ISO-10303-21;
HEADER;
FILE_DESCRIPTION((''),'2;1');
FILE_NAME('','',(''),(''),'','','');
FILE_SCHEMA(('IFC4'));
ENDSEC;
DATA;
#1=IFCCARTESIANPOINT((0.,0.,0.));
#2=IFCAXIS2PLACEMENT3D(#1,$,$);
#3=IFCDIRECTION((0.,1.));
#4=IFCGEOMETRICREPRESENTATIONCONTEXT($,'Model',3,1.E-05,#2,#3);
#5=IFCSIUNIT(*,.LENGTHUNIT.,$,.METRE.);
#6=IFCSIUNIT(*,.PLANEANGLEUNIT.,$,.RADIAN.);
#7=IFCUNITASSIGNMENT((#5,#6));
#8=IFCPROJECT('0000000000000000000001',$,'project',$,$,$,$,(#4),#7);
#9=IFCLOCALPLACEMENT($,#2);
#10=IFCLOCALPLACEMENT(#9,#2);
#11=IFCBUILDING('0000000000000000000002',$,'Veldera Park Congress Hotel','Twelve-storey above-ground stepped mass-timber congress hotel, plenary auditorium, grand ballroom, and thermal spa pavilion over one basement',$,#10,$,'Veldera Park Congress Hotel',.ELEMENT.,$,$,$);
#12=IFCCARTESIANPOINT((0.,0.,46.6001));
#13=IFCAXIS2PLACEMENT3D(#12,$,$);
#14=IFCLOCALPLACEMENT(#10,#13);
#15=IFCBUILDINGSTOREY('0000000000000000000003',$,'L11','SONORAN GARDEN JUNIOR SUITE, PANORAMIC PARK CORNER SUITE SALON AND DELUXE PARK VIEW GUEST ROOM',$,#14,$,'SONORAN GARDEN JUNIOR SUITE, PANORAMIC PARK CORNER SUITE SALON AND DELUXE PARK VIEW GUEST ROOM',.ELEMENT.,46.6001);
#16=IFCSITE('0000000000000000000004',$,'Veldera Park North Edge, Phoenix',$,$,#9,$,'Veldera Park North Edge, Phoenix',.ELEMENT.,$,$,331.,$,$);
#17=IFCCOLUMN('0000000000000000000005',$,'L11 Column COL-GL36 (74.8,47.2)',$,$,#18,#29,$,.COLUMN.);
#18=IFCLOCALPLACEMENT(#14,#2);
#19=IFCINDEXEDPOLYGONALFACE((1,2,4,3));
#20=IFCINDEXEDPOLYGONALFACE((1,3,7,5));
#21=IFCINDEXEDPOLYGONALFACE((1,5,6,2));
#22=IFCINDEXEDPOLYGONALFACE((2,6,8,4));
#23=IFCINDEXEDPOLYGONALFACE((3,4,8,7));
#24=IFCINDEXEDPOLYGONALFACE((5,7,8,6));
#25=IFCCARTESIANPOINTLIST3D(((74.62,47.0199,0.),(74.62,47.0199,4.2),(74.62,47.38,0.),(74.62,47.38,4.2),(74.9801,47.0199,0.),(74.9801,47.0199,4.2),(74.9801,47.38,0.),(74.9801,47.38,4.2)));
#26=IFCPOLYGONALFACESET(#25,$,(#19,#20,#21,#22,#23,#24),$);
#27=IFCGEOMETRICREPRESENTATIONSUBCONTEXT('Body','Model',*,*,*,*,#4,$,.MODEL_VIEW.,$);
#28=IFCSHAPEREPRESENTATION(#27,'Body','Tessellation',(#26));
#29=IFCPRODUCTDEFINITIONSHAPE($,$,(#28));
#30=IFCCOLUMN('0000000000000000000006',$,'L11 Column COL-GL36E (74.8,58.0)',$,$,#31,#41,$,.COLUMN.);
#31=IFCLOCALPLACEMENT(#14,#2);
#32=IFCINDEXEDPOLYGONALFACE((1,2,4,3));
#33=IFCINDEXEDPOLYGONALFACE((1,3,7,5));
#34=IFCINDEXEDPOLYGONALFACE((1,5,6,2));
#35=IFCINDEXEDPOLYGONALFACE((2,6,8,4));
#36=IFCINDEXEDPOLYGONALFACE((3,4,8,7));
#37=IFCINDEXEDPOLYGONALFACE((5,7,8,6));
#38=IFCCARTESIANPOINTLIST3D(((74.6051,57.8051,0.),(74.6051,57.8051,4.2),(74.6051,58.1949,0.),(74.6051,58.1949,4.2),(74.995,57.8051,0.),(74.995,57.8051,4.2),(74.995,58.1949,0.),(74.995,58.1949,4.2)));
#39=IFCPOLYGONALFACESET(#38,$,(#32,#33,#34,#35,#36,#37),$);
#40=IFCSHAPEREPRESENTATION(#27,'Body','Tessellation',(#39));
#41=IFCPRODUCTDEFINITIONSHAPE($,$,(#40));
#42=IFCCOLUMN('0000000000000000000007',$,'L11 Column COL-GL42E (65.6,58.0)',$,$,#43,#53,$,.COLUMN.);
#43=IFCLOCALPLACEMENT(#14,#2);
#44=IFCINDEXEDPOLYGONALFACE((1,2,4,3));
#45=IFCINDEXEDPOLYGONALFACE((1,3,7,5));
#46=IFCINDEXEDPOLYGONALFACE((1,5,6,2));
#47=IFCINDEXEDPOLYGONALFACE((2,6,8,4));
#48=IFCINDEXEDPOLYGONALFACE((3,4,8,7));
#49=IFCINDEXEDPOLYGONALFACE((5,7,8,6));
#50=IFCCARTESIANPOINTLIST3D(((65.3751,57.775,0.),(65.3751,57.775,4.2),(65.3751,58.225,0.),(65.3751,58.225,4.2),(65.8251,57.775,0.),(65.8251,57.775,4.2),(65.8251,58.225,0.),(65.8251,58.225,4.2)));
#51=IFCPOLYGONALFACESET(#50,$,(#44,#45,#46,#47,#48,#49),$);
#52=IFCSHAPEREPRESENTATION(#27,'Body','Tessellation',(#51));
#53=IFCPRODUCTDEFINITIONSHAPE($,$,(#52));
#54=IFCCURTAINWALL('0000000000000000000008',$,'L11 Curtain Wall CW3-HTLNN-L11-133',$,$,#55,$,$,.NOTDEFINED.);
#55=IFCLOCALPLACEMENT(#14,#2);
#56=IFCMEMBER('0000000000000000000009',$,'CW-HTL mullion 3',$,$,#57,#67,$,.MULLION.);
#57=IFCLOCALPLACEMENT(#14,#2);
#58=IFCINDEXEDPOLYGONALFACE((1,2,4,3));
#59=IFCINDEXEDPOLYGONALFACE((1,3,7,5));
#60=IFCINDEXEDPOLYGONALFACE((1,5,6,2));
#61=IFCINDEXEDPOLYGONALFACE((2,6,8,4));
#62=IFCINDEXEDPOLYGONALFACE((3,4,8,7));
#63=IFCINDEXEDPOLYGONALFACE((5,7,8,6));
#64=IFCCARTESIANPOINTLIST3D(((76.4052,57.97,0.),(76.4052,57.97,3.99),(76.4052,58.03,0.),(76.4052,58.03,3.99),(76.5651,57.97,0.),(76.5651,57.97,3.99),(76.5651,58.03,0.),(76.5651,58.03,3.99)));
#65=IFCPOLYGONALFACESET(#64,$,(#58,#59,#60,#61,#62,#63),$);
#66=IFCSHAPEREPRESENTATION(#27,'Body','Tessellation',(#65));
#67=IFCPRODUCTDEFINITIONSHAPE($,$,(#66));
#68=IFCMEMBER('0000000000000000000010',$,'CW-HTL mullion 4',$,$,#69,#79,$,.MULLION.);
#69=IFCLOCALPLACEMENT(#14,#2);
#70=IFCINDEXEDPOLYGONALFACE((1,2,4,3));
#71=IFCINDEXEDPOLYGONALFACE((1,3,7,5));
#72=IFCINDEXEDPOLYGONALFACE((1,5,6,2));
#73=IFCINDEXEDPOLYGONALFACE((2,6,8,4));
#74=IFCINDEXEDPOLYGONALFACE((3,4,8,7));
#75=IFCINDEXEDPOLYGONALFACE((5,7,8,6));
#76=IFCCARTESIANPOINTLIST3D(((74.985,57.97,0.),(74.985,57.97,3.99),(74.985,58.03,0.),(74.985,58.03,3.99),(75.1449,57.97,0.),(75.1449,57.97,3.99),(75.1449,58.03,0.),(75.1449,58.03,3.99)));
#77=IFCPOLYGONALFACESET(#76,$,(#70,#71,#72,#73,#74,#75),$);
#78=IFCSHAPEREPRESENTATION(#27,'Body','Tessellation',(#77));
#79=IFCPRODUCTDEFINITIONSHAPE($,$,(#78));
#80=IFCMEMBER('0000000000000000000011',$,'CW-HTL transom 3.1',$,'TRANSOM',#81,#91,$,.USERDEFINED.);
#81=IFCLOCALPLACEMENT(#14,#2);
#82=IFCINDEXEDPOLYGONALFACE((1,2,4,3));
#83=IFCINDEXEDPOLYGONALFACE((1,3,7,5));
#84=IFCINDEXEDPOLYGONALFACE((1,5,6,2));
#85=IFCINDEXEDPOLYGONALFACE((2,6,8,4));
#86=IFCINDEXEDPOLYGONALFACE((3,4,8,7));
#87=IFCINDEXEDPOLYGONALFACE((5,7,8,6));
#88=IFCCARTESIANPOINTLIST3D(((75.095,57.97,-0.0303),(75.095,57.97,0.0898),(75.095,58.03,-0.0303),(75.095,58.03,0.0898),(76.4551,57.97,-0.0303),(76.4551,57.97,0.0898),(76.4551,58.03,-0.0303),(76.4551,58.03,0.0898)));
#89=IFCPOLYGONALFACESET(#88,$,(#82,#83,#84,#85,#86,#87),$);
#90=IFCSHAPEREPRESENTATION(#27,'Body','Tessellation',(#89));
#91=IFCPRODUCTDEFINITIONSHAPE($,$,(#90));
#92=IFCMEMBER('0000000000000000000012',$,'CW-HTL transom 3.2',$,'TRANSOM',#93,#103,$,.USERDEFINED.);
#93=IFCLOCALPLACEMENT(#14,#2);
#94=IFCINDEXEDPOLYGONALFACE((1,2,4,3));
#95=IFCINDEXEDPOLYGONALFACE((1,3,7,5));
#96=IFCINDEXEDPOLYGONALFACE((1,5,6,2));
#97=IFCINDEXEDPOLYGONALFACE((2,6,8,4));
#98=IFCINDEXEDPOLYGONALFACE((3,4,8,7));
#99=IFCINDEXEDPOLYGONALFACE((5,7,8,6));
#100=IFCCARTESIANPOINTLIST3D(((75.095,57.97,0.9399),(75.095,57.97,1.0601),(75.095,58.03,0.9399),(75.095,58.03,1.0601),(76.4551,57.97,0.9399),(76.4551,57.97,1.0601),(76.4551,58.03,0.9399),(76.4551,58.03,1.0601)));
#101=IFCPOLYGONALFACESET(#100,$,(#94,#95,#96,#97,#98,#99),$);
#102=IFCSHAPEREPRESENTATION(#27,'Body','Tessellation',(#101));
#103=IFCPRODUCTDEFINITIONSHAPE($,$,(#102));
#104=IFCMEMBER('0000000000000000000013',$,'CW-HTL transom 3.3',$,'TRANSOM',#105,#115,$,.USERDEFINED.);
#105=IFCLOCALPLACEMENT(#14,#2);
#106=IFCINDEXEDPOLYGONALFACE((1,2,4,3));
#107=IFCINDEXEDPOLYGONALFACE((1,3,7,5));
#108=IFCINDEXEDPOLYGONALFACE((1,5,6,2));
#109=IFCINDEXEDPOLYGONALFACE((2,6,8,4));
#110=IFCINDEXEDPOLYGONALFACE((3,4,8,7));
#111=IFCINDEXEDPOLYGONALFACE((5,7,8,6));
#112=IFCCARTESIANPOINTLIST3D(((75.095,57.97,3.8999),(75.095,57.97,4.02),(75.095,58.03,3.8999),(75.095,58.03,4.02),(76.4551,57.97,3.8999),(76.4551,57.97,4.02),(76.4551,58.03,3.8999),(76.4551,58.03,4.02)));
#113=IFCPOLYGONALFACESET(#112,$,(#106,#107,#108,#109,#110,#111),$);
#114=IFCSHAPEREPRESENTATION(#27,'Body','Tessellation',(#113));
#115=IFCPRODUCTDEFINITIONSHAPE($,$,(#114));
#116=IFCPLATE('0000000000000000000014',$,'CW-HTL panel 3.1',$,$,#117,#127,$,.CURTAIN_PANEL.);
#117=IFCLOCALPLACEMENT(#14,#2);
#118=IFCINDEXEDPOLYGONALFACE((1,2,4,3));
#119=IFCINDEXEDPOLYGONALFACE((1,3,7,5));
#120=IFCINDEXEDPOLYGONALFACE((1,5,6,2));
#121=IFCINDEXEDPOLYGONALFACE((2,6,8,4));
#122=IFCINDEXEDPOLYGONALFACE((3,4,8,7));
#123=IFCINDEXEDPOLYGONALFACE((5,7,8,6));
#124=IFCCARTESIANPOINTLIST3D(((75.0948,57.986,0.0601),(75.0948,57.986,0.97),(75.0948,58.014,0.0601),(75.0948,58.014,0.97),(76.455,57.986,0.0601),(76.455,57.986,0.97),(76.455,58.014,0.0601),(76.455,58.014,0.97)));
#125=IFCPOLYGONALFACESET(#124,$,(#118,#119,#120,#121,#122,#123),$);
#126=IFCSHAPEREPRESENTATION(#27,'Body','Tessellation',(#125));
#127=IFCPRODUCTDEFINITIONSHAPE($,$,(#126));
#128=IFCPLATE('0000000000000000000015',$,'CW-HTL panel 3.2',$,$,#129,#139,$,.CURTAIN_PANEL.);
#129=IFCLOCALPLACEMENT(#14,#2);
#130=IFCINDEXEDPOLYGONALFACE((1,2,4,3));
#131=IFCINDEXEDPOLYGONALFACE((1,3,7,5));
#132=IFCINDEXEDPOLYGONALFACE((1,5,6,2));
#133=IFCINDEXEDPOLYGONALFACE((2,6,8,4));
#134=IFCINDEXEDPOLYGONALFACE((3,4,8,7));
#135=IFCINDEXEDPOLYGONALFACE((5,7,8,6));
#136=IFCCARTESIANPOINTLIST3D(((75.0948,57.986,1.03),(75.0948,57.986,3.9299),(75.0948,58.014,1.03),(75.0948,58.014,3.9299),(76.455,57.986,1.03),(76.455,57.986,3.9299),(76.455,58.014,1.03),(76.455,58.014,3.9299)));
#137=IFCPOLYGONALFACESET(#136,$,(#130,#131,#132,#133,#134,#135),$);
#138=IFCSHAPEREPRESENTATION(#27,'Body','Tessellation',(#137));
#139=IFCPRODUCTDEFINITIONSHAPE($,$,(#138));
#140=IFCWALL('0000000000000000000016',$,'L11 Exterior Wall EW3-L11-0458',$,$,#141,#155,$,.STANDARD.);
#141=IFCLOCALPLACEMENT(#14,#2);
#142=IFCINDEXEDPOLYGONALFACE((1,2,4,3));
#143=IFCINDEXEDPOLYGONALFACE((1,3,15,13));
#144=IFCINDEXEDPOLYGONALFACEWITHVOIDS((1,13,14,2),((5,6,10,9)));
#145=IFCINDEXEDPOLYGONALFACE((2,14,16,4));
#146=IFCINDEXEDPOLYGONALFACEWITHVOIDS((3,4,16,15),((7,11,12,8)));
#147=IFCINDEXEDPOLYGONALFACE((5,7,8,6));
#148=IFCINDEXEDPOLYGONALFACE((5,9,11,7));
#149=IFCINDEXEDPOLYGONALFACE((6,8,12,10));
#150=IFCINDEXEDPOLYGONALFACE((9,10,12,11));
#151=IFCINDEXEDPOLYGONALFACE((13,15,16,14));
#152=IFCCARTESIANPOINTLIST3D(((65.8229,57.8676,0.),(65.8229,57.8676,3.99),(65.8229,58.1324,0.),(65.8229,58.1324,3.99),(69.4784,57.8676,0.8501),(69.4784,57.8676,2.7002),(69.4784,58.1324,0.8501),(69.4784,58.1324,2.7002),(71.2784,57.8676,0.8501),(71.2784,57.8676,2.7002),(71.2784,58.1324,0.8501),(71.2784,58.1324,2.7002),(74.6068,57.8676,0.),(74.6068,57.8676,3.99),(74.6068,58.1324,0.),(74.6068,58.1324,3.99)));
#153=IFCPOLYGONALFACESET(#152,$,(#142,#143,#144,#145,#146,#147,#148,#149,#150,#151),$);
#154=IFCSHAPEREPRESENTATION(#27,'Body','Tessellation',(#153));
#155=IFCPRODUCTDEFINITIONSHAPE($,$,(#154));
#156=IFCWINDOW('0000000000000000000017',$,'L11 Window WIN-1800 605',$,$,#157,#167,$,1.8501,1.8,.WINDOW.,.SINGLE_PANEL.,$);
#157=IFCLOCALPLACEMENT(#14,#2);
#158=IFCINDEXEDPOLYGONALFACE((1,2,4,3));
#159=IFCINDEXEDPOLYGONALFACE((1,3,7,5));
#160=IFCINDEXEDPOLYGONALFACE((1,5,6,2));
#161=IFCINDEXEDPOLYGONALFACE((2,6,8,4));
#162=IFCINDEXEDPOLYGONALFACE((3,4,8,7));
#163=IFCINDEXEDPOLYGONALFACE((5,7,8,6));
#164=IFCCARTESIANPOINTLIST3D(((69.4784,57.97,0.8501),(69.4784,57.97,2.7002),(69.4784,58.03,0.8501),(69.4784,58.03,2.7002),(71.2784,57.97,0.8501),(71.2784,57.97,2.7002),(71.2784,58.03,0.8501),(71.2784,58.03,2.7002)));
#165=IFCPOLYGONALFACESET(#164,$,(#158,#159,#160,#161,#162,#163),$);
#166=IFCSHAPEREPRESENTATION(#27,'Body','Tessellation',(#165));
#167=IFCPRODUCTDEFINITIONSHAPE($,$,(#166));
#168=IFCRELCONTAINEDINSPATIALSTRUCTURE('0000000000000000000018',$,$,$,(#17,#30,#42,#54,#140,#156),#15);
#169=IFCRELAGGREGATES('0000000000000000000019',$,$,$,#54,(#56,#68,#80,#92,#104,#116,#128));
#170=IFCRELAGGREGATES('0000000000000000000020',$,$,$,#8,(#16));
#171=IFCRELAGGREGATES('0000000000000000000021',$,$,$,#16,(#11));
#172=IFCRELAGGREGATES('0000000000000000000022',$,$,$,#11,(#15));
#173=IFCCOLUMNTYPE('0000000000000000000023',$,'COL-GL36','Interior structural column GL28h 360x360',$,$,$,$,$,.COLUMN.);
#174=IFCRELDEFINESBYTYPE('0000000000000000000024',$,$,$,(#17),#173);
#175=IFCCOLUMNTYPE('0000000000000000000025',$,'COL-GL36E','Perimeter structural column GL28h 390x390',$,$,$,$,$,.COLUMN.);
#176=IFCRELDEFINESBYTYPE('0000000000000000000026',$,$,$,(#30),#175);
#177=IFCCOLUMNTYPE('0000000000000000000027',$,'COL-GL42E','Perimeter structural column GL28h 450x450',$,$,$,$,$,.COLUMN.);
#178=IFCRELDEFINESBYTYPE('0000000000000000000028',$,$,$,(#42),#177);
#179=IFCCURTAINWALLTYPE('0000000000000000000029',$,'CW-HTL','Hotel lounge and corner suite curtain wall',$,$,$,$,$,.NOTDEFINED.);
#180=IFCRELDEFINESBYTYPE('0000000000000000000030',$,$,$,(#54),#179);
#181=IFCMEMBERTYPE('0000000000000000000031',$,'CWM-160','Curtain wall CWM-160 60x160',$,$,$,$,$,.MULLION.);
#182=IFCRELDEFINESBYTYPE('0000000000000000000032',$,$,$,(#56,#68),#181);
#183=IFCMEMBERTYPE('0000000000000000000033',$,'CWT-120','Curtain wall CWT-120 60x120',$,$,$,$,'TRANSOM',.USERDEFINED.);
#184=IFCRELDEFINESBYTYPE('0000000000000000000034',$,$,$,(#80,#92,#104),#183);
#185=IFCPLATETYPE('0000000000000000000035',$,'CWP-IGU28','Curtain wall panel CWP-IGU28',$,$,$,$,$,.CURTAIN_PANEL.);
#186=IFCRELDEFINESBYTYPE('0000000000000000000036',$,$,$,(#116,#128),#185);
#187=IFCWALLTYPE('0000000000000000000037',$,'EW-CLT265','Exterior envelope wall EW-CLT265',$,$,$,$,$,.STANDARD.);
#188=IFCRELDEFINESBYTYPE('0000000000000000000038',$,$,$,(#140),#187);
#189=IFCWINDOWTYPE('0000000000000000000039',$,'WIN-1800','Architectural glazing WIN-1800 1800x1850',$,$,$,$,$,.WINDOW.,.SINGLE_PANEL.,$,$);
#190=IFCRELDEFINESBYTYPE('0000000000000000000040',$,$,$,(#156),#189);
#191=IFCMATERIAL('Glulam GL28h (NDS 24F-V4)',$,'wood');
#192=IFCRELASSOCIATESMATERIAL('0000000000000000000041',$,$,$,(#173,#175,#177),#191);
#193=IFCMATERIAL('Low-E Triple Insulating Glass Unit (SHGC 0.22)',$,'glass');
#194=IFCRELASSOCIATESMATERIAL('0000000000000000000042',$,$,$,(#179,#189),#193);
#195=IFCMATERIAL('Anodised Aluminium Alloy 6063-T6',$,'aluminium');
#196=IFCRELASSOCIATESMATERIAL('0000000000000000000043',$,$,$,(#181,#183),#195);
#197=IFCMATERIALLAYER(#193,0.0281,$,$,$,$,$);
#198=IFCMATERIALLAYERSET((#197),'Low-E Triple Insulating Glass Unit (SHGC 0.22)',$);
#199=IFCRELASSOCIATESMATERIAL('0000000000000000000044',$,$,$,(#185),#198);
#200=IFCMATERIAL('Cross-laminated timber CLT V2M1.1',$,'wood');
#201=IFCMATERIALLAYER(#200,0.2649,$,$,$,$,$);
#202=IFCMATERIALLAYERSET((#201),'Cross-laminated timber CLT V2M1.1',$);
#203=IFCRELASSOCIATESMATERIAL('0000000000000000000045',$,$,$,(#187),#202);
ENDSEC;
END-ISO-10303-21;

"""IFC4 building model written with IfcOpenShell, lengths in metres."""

from ifc_helpers import new_model, si_unit, direction, frame, frame_2d, origin, origin_2d, place, context, subcontext, project, spatial, rectangle, extrude, material, layer, layer_set, material_profile, profile_set, type_object, element, fill, aggregate, save


model = new_model("IFC4")

# Units and contexts
model_context = context("Model", 3, precision=1e-05, world=origin(), true_north=direction((0.0, 1.0)))
body_context = subcontext(model_context, "Body", "Model", "MODEL_VIEW")
ifc_project = project(units=[si_unit("LENGTHUNIT", "METRE"), si_unit("PLANEANGLEUNIT", "RADIAN")], contexts=[model_context])

# Site, building, storey
site_placement = place(None, origin())
site = spatial("IfcSite", under=ifc_project, at=site_placement, Name="Veldera Park North Edge, Phoenix", LongName="Veldera Park North Edge, Phoenix", CompositionType="ELEMENT", RefElevation=331.0)
building_placement = place(site_placement, origin())
building = spatial("IfcBuilding", under=site, at=building_placement, Name="Veldera Park Congress Hotel", Description="Twelve-storey above-ground stepped mass-timber congress hotel, plenary auditorium, grand ballroom, and thermal spa pavilion over one basement", LongName="Veldera Park Congress Hotel", CompositionType="ELEMENT")
storey_placement = place(building_placement, frame((0.0, 0.0, 46.6001)))
storey = spatial("IfcBuildingStorey", under=building, at=storey_placement, Name="L11", Description="SONORAN GARDEN JUNIOR SUITE, PANORAMIC PARK CORNER SUITE SALON AND DELUXE PARK VIEW GUEST ROOM", LongName="SONORAN GARDEN JUNIOR SUITE, PANORAMIC PARK CORNER SUITE SALON AND DELUXE PARK VIEW GUEST ROOM", CompositionType="ELEMENT", Elevation=46.6001)

# Columns
ifc_material_1 = material(Name="Glulam GL28h (NDS 24F-V4)", Category="wood")
ifc_material_profile_1 = material_profile(ifc_material_1, rectangle(XDim=0.3601, YDim=0.3601, at=origin_2d()), Name="GL28h 360x360")
ifc_profile_set_1 = profile_set([ifc_material_profile_1], Name="Glulam GL28h (NDS 24F-V4)")
column_type_1 = type_object("IfcColumnType", Name="COL-GL36", Description="Interior structural column GL28h 360x360", PredefinedType="COLUMN", material=ifc_profile_set_1)
column_1_placement = place(storey_placement, frame((74.8, 47.2, 0.0), z_axis=(0.0, 0.0, 1.0), x_axis=(1.0, 0.0, 0.0)))
element("IfcColumn", 1, at=column_1_placement, inside=storey, type_object=column_type_1, Name="L11 Column COL-GL36 (74.8,47.2)", PredefinedType="COLUMN", context=body_context, shape_type="SweptSolid", body=[
    extrude(rectangle(XDim=0.3601, YDim=0.3601, at=origin_2d()), origin(), (0.0, 0.0, 1.0), 4.2),
])
ifc_material_profile_2 = material_profile(ifc_material_1, rectangle(XDim=0.3899, YDim=0.3899, at=origin_2d()), Name="GL28h 390x390")
ifc_profile_set_2 = profile_set([ifc_material_profile_2], Name="Glulam GL28h (NDS 24F-V4)")
column_type_2 = type_object("IfcColumnType", Name="COL-GL36E", Description="Perimeter structural column GL28h 390x390", PredefinedType="COLUMN", material=ifc_profile_set_2)
column_2_placement = place(storey_placement, frame((74.8, 58.0, 0.0), z_axis=(0.0, 0.0, 1.0), x_axis=(1.0, 0.0, 0.0)))
element("IfcColumn", 2, at=column_2_placement, inside=storey, type_object=column_type_2, Name="L11 Column COL-GL36E (74.8,58.0)", PredefinedType="COLUMN", context=body_context, shape_type="SweptSolid", body=[
    extrude(rectangle(XDim=0.3899, YDim=0.3899, at=origin_2d()), origin(), (0.0, 0.0, 1.0), 4.2),
])
ifc_material_profile_3 = material_profile(ifc_material_1, rectangle(XDim=0.45, YDim=0.45, at=origin_2d()), Name="GL28h 450x450")
ifc_profile_set_3 = profile_set([ifc_material_profile_3], Name="Glulam GL28h (NDS 24F-V4)")
column_type_3 = type_object("IfcColumnType", Name="COL-GL42E", Description="Perimeter structural column GL28h 450x450", PredefinedType="COLUMN", material=ifc_profile_set_3)
column_3_placement = place(storey_placement, frame((65.6001, 58.0, 0.0), z_axis=(0.0, 0.0, 1.0), x_axis=(1.0, 0.0, 0.0)))
element("IfcColumn", 3, at=column_3_placement, inside=storey, type_object=column_type_3, Name="L11 Column COL-GL42E (65.6,58.0)", PredefinedType="COLUMN", context=body_context, shape_type="SweptSolid", body=[
    extrude(rectangle(XDim=0.45, YDim=0.45, at=origin_2d()), origin(), (0.0, 0.0, 1.0), 4.2),
])

# Curtain wall, members, plates
ifc_material_2 = material(Name="Low-E Triple Insulating Glass Unit (SHGC 0.22)", Category="glass")
curtain_wall_type = type_object("IfcCurtainWallType", Name="CW-HTL", Description="Hotel lounge and corner suite curtain wall", PredefinedType="NOTDEFINED", material=ifc_material_2)
curtain_wall_placement = place(storey_placement, origin())
curtain_wall = element("IfcCurtainWall", 4, at=curtain_wall_placement, inside=storey, type_object=curtain_wall_type, Name="L11 Curtain Wall CW3-HTLNN-L11-133", PredefinedType="NOTDEFINED")
ifc_material_3 = material(Name="Anodised Aluminium Alloy 6063-T6", Category="aluminium")
ifc_material_profile_4 = material_profile(ifc_material_3, rectangle(XDim=0.0601, YDim=0.1599, at=origin_2d()), Name="ALU 60x160")
ifc_profile_set_4 = profile_set([ifc_material_profile_4], Name="Anodised Aluminium Alloy 6063-T6")
member_type_1 = type_object("IfcMemberType", Name="CWM-160", Description="Curtain wall CWM-160 60x160", PredefinedType="MULLION", material=ifc_profile_set_4)
member_1_placement = place(storey_placement, frame((76.4851, 58.0, 0.0), z_axis=(0.0, 0.0, 1.0), x_axis=(0.0, -1.0, 0.0)))
member_1 = element("IfcMember", 5, at=member_1_placement, type_object=member_type_1, Name="CW-HTL mullion 3", PredefinedType="MULLION", context=body_context, shape_type="SweptSolid", body=[
    extrude(rectangle(XDim=0.0601, YDim=0.1599, at=origin_2d()), origin(), (0.0, 0.0, 1.0), 3.99),
])
member_2_placement = place(storey_placement, frame((75.0649, 58.0, 0.0), z_axis=(0.0, 0.0, 1.0), x_axis=(0.0, -1.0, 0.0)))
member_2 = element("IfcMember", 6, at=member_2_placement, type_object=member_type_1, Name="CW-HTL mullion 4", PredefinedType="MULLION", context=body_context, shape_type="SweptSolid", body=[
    extrude(rectangle(XDim=0.0601, YDim=0.1599, at=origin_2d()), origin(), (0.0, 0.0, 1.0), 3.99),
])
ifc_material_profile_5 = material_profile(ifc_material_3, rectangle(XDim=0.0601, YDim=0.1201, at=origin_2d()), Name="ALU 60x120")
ifc_profile_set_5 = profile_set([ifc_material_profile_5], Name="Anodised Aluminium Alloy 6063-T6")
member_type_2 = type_object("IfcMemberType", Name="CWT-120", Description="Curtain wall CWT-120 60x120", ElementType="TRANSOM", PredefinedType="USERDEFINED", material=ifc_profile_set_5)
member_3_placement = place(storey_placement, frame((76.4551, 58.0, 0.0298), z_axis=(-1.0, 0.0, 0.0), x_axis=(0.0, -1.0, 0.0)))
member_3 = element("IfcMember", 7, at=member_3_placement, type_object=member_type_2, Name="CW-HTL transom 3.1", ObjectType="TRANSOM", PredefinedType="USERDEFINED", context=body_context, shape_type="SweptSolid", body=[
    extrude(rectangle(XDim=0.0601, YDim=0.1201, at=origin_2d()), origin(), (0.0, 0.0, 1.0), 1.3601),
])
member_4_placement = place(storey_placement, frame((76.4551, 58.0, 1.0), z_axis=(-1.0, 0.0, 0.0), x_axis=(0.0, -1.0, 0.0)))
member_4 = element("IfcMember", 8, at=member_4_placement, type_object=member_type_2, Name="CW-HTL transom 3.2", ObjectType="TRANSOM", PredefinedType="USERDEFINED", context=body_context, shape_type="SweptSolid", body=[
    extrude(rectangle(XDim=0.0601, YDim=0.1201, at=origin_2d()), origin(), (0.0, 0.0, 1.0), 1.3601),
])
member_5_placement = place(storey_placement, frame((76.4551, 58.0, 3.96), z_axis=(-1.0, 0.0, 0.0), x_axis=(0.0, -1.0, 0.0)))
member_5 = element("IfcMember", 9, at=member_5_placement, type_object=member_type_2, Name="CW-HTL transom 3.3", ObjectType="TRANSOM", PredefinedType="USERDEFINED", context=body_context, shape_type="SweptSolid", body=[
    extrude(rectangle(XDim=0.0601, YDim=0.1201, at=origin_2d()), origin(), (0.0, 0.0, 1.0), 1.3601),
])
ifc_layer_1 = layer(ifc_material_2, 0.0281)
ifc_layer_set_1 = layer_set([ifc_layer_1], Name="Low-E Triple Insulating Glass Unit (SHGC 0.22)")
plate_type = type_object("IfcPlateType", Name="CWP-IGU28", Description="Curtain wall panel CWP-IGU28", PredefinedType="CURTAIN_PANEL", material=ifc_layer_set_1)
plate_1_placement = place(storey_placement, frame((75.7749, 58.0, 0.0601), z_axis=(0.0, 0.0, 1.0), x_axis=(-1.0, 0.0, 0.0)))
plate_1 = element("IfcPlate", 10, at=plate_1_placement, type_object=plate_type, Name="CW-HTL panel 3.1", PredefinedType="CURTAIN_PANEL", context=body_context, shape_type="SweptSolid", body=[
    extrude(rectangle(XDim=1.3601, YDim=0.0281, at=origin_2d()), origin(), (0.0, 0.0, 1.0), 0.9099),
])
plate_2_placement = place(storey_placement, frame((75.7749, 58.0, 1.03), z_axis=(0.0, 0.0, 1.0), x_axis=(-1.0, 0.0, 0.0)))
plate_2 = element("IfcPlate", 11, at=plate_2_placement, type_object=plate_type, Name="CW-HTL panel 3.2", PredefinedType="CURTAIN_PANEL", context=body_context, shape_type="SweptSolid", body=[
    extrude(rectangle(XDim=1.3601, YDim=0.0281, at=origin_2d()), origin(), (0.0, 0.0, 1.0), 2.8999),
])
aggregate(curtain_wall, [member_1, member_2, member_3, member_4, member_5, plate_1, plate_2])

# Wall, opening, window
ifc_material_4 = material(Name="Cross-laminated timber CLT V2M1.1", Category="wood")
ifc_layer_2 = layer(ifc_material_4, 0.2649)
ifc_layer_set_2 = layer_set([ifc_layer_2], Name="Cross-laminated timber CLT V2M1.1")
wall_type_1 = type_object("IfcWallType", Name="EW-CLT265", Description="Exterior envelope wall EW-CLT265", PredefinedType="STANDARD", material=ifc_layer_set_2)
wall_1_placement = place(storey_placement, frame((74.6069, 58.0, 0.0), z_axis=(0.0, 0.0, 1.0), x_axis=(-1.0, 0.0, 0.0)))
wall_1 = element("IfcWall", 12, at=wall_1_placement, inside=storey, type_object=wall_type_1, Name="L11 Exterior Wall EW3-L11-0458", PredefinedType="STANDARD", context=body_context, shape_type="SweptSolid", body=[
    extrude(rectangle(XDim=8.7839, YDim=0.2649, at=frame_2d((4.3921, 0.0))), origin(), (0.0, 0.0, 1.0), 3.99),
])
opening_1_placement = place(wall_1_placement, frame((3.3286, 0.0, 0.8501)))
opening_1 = element("IfcOpeningElement", 13, at=opening_1_placement, cuts=wall_1, PredefinedType="OPENING", context=body_context, shape_type="SweptSolid", body=[
    extrude(rectangle(XDim=1.8, YDim=1.8501, at=frame_2d((0.8999, 0.925))), frame((0.0, 0.1445, 0.0), z_axis=(0.0, -1.0, 0.0), x_axis=(1.0, 0.0, 0.0)), (0.0, 0.0, 1.0), 0.2888),
])
window_type = type_object("IfcWindowType", Name="WIN-1800", Description="Architectural glazing WIN-1800 1800x1850", PartitioningType="SINGLE_PANEL", PredefinedType="WINDOW", material=ifc_material_2)
window_placement = place(opening_1_placement, origin())
window = element("IfcWindow", 14, at=window_placement, inside=storey, type_object=window_type, Name="L11 Window WIN-1800 605", OverallHeight=1.8501, OverallWidth=1.8, PartitioningType="SINGLE_PANEL", PredefinedType="WINDOW", context=body_context, shape_type="SweptSolid", body=[
    extrude(rectangle(XDim=1.8, YDim=1.8501, at=frame_2d((0.8999, 0.925))), frame((0.0, 0.03, 0.0), z_axis=(0.0, -1.0, 0.0), x_axis=(1.0, 0.0, 0.0)), (0.0, 0.0, 1.0), 0.0601),
])
fill(opening_1, window)

save(model, "model.ifc")
